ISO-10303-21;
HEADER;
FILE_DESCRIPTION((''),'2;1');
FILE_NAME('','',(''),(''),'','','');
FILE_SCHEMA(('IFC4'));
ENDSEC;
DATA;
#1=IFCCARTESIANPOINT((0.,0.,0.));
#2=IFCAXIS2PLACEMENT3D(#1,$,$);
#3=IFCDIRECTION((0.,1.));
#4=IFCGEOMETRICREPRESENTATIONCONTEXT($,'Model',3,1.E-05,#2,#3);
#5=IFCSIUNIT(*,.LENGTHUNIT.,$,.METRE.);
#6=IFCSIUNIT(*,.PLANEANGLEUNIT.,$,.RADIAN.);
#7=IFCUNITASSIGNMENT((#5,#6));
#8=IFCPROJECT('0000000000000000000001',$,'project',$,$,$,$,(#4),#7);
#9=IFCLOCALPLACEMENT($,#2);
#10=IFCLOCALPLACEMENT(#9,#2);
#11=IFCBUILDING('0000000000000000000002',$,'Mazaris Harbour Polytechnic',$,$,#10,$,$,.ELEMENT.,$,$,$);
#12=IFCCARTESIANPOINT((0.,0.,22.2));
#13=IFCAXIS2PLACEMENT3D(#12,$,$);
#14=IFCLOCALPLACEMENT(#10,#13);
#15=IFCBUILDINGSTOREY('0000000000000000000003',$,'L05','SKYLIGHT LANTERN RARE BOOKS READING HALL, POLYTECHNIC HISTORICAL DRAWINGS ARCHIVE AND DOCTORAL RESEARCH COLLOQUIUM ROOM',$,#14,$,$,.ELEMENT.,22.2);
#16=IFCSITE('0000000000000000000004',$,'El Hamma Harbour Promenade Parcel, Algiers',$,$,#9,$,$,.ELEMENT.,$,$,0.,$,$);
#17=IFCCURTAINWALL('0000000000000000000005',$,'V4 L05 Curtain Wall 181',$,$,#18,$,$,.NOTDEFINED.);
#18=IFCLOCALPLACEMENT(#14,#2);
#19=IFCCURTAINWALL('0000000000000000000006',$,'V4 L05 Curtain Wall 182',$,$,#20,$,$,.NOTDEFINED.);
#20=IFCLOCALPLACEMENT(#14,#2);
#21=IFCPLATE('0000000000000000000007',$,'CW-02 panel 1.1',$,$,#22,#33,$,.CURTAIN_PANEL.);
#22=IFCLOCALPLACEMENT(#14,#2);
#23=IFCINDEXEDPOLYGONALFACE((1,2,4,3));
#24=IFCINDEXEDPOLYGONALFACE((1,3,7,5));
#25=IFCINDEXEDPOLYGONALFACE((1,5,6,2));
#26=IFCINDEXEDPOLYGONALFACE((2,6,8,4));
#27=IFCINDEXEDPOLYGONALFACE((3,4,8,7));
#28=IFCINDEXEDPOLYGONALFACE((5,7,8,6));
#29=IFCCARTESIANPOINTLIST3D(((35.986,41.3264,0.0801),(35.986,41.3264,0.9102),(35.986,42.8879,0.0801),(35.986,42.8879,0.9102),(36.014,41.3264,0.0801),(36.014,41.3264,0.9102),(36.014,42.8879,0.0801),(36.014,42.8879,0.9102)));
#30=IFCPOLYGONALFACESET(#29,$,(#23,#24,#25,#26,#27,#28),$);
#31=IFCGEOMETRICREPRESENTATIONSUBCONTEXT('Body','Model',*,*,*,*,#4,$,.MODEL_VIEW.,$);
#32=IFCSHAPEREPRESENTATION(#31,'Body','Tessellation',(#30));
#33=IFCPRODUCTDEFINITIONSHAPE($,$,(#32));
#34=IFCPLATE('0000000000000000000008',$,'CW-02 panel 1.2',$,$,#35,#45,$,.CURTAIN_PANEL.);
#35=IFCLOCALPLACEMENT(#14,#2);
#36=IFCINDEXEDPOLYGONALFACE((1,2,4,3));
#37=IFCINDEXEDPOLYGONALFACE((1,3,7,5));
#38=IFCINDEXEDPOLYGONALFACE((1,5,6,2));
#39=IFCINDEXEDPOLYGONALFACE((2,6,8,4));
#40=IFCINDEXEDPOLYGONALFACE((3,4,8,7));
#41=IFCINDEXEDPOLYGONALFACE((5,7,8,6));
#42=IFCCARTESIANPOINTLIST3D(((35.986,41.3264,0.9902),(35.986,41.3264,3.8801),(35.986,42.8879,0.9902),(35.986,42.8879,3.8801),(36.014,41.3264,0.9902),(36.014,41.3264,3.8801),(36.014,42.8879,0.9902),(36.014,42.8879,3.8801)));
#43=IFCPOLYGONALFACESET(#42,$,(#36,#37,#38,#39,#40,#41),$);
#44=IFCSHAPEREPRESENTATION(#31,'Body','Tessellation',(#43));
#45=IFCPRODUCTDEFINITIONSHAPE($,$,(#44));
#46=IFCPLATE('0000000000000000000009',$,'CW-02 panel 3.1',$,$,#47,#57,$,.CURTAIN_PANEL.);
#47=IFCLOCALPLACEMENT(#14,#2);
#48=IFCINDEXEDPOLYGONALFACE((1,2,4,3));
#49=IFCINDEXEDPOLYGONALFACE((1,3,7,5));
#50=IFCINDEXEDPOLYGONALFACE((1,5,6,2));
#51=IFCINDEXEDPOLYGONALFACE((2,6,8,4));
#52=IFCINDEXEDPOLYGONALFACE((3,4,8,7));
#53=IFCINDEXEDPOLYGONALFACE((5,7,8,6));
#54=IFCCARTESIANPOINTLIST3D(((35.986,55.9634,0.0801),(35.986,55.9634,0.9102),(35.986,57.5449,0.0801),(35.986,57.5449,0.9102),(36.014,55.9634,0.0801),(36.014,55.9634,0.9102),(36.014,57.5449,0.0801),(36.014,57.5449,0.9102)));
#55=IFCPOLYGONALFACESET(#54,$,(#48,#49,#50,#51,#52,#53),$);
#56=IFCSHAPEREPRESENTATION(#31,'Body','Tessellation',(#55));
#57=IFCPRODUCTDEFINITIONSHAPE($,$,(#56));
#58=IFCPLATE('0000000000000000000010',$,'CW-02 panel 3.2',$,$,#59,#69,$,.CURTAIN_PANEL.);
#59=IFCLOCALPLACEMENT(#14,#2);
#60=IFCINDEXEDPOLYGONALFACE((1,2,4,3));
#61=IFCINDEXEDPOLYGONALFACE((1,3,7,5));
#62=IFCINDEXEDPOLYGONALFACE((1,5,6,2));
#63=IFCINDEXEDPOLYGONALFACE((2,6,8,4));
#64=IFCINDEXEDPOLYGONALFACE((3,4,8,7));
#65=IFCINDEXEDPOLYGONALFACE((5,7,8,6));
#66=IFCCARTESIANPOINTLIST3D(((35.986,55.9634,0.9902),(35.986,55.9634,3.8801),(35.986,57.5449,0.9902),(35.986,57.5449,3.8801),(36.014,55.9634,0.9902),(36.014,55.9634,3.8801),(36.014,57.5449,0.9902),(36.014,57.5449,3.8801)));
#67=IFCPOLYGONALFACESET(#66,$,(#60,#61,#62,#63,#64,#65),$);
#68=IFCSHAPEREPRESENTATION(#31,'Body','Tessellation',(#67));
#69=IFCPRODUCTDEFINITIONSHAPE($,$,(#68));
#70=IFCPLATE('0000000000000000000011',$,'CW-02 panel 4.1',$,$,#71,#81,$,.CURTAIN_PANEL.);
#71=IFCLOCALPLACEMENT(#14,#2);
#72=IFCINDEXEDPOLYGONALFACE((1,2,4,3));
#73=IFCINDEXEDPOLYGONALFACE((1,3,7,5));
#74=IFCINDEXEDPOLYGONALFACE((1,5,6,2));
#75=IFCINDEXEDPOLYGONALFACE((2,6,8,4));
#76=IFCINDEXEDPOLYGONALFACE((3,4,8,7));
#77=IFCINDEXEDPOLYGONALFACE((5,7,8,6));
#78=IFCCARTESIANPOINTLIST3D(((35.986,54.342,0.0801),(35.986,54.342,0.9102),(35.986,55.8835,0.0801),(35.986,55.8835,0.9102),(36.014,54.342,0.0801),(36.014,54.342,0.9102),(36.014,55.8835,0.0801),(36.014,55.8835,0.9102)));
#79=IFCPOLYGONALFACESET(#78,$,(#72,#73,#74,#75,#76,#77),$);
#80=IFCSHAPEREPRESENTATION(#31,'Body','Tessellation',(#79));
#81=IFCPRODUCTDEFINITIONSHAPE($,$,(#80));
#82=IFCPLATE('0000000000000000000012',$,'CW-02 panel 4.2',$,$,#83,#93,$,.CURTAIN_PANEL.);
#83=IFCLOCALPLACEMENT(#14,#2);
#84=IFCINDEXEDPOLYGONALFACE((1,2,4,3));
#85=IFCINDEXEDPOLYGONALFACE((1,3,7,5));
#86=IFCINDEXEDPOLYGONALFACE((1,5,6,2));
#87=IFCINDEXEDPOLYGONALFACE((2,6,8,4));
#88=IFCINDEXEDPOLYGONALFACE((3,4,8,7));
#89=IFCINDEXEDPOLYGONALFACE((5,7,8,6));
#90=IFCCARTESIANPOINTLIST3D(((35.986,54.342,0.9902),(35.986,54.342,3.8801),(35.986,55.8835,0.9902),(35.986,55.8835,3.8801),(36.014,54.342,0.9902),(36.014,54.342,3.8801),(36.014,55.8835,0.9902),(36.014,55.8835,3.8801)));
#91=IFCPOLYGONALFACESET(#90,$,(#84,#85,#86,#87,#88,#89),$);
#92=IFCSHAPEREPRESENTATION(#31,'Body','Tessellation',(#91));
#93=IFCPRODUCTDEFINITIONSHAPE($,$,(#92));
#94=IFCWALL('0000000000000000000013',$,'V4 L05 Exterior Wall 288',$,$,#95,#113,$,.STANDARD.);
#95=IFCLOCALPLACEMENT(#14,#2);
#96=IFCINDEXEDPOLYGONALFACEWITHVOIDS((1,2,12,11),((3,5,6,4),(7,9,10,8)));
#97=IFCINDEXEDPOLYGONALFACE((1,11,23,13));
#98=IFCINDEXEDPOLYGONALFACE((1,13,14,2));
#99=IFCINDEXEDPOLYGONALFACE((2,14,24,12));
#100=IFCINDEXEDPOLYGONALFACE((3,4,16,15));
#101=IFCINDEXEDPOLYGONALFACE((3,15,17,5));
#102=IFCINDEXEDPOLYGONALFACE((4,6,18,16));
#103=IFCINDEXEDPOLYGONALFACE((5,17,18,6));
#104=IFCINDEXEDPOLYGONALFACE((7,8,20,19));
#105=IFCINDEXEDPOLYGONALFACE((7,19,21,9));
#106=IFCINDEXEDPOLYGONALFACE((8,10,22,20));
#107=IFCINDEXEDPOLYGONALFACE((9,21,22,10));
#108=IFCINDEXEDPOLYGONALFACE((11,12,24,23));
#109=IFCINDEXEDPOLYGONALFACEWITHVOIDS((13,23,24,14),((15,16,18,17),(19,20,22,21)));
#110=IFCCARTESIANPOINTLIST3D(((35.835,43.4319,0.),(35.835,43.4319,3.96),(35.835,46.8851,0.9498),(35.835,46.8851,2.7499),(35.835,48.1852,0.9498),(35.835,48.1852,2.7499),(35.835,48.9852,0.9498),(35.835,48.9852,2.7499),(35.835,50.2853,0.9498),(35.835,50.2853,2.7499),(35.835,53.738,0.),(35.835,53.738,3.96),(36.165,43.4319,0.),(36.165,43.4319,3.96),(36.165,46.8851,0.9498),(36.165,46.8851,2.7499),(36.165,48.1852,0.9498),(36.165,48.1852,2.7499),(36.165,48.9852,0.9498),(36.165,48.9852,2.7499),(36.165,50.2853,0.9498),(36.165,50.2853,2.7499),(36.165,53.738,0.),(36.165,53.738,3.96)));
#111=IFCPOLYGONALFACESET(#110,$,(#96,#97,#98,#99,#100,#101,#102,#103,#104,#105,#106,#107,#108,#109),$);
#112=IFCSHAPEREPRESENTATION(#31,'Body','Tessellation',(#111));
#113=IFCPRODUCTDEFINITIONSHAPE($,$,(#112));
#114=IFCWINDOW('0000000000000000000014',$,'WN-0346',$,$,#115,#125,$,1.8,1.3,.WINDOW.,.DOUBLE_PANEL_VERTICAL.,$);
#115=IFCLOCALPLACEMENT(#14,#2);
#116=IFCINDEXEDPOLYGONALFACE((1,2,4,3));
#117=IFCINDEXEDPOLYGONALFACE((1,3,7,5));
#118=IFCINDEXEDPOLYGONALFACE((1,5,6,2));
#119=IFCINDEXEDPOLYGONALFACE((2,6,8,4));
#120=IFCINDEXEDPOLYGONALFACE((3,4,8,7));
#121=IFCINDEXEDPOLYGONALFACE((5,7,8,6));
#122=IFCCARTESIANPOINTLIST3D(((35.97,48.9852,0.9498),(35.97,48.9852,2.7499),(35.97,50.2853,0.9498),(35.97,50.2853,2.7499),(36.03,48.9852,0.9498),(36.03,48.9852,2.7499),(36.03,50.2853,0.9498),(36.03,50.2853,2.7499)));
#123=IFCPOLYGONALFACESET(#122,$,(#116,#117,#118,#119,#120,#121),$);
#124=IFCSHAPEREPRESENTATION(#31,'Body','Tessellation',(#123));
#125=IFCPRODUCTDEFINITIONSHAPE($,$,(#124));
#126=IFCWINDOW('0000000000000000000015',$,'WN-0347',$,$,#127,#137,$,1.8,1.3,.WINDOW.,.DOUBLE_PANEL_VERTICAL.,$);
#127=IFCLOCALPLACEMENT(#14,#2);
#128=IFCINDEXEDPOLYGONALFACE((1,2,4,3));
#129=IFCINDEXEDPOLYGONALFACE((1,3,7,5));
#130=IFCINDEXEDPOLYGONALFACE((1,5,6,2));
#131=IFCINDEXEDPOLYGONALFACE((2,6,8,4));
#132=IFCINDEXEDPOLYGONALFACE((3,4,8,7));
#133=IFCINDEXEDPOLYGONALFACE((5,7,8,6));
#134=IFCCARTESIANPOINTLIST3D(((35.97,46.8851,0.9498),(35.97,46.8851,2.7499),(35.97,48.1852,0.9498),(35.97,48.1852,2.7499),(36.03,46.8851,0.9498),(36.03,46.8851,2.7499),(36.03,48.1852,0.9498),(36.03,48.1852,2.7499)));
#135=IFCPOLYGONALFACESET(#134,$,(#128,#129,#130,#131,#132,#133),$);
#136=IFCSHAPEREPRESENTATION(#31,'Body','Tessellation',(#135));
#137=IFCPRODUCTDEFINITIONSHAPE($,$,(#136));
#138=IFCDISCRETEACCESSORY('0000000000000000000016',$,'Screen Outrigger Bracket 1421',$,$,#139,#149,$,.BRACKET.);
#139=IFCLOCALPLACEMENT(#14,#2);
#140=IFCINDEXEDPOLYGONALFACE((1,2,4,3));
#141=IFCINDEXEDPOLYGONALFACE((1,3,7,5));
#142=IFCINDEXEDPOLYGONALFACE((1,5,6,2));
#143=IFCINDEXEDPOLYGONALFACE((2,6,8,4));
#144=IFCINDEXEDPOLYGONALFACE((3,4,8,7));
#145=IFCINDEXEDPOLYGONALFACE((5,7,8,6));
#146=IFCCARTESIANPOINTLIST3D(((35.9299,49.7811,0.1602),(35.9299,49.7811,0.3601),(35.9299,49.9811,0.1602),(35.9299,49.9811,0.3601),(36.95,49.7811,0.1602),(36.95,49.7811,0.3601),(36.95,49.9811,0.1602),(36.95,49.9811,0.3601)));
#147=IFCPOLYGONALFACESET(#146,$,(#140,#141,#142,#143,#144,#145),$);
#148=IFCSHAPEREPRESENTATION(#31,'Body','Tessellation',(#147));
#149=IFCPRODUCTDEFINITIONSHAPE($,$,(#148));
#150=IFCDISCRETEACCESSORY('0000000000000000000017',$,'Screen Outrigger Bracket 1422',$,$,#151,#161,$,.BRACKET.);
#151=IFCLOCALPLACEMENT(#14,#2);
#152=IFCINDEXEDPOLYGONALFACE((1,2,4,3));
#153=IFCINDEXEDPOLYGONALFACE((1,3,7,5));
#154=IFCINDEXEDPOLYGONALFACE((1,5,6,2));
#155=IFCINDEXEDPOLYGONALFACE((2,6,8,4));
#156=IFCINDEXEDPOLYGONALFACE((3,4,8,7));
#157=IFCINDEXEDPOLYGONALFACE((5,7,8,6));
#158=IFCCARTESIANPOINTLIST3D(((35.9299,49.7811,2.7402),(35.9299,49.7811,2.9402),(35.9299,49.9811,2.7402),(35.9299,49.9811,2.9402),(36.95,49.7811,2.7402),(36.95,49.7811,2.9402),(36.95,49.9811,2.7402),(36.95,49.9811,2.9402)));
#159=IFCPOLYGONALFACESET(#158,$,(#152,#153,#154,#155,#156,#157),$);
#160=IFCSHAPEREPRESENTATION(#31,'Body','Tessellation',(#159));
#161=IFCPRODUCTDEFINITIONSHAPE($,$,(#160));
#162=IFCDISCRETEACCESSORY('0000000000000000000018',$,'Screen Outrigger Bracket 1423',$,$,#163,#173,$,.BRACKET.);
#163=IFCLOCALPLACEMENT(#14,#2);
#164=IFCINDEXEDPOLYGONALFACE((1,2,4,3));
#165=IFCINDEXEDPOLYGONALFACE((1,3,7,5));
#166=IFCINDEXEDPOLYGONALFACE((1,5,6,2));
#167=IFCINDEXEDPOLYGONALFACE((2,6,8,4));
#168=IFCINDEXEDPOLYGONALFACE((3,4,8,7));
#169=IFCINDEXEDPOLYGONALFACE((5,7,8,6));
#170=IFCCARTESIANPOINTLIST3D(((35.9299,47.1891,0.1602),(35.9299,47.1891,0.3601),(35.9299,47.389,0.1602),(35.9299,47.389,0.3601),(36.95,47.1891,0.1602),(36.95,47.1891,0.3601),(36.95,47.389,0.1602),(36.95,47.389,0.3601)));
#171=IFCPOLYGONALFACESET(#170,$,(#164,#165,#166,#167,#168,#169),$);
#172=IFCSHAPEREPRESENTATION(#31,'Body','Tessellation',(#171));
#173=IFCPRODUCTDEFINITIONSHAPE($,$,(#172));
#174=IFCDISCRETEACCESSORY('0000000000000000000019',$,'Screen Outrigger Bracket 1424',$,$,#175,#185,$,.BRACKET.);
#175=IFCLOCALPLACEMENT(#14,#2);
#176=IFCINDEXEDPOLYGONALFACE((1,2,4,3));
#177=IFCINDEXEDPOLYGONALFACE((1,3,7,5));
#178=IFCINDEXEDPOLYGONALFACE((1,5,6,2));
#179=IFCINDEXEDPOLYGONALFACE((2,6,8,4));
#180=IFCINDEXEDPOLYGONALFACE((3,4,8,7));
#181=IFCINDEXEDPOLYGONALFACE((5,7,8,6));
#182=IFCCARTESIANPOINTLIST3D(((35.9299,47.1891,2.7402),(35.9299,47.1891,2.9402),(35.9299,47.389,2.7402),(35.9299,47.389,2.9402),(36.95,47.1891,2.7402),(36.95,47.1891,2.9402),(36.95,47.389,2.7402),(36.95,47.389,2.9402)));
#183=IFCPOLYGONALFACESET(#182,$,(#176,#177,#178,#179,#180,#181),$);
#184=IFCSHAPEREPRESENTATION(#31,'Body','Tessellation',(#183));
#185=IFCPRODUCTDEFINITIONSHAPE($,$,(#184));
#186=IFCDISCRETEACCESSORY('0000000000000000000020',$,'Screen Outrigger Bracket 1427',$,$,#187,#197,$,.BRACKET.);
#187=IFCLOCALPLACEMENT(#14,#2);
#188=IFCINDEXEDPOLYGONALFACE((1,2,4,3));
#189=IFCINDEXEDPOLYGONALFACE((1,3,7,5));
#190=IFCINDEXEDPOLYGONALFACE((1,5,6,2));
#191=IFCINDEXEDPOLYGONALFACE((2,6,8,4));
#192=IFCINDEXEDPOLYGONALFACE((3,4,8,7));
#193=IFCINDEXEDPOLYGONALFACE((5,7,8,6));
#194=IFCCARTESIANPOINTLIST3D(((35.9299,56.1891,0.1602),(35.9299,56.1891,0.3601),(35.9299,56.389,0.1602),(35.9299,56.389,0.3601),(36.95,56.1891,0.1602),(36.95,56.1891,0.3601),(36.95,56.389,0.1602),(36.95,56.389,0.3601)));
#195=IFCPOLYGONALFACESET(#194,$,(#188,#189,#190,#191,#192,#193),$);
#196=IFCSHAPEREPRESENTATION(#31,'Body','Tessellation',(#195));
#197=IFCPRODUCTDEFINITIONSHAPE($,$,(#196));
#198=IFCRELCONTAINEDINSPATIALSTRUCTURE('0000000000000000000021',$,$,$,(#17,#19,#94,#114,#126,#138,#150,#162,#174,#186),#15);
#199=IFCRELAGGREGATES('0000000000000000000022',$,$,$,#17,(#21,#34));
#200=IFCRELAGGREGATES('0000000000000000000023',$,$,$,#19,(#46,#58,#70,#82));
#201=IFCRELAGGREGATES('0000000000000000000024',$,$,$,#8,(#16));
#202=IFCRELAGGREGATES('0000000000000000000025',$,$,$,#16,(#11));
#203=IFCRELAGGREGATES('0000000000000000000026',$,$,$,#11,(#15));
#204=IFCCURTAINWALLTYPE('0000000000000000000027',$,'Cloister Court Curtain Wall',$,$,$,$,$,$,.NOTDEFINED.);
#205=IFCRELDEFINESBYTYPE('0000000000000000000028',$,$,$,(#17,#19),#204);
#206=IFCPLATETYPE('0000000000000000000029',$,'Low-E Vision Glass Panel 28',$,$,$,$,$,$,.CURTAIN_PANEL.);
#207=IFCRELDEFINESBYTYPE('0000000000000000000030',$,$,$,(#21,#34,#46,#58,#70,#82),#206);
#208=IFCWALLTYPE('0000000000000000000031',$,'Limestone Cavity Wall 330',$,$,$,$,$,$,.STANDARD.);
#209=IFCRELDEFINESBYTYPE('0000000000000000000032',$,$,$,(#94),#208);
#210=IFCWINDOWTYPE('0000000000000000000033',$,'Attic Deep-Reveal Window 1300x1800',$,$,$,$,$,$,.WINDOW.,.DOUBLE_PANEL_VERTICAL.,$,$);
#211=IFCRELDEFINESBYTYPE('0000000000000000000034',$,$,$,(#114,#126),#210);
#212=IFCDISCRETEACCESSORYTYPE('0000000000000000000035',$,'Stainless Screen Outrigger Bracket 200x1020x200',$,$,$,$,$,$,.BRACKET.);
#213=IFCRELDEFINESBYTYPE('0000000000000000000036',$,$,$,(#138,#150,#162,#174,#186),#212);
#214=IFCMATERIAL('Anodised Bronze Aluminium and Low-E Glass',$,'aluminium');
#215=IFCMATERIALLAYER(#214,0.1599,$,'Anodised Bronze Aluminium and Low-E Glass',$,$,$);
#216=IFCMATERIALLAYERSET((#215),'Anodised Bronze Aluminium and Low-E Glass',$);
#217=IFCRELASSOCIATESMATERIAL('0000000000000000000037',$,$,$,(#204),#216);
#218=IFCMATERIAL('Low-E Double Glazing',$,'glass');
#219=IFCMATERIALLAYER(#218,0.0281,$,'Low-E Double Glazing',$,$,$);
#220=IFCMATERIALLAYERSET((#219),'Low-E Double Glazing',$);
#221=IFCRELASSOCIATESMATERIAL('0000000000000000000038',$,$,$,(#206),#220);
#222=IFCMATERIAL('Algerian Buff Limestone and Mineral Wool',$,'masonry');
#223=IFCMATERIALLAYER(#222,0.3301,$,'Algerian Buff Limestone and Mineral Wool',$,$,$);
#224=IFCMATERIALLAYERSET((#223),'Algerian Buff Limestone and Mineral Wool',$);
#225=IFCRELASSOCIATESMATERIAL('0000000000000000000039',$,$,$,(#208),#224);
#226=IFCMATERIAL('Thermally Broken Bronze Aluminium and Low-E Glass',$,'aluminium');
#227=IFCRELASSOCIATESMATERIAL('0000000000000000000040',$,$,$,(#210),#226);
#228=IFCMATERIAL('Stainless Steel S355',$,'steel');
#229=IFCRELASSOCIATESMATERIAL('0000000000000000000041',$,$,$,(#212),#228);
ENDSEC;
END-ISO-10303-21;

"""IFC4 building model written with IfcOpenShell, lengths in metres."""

from ifc_helpers import new_model, si_unit, direction, frame, frame_2d, origin, origin_2d, place, context, subcontext, project, spatial, rectangle, extrude, material, layer, layer_set, type_object, element, fill, aggregate, save


model = new_model("IFC4")

# Units and contexts
model_context = context("Model", 3, precision=1e-05, world=origin(), true_north=direction((0.0, 1.0)))
body_context = subcontext(model_context, "Body", "Model", "MODEL_VIEW")
ifc_project = project(units=[si_unit("LENGTHUNIT", "METRE"), si_unit("PLANEANGLEUNIT", "RADIAN")], contexts=[model_context])

# Site, building, storey
site_placement = place(None, origin())
site = spatial("IfcSite", under=ifc_project, at=site_placement, Name="El Hamma Harbour Promenade Parcel, Algiers", CompositionType="ELEMENT", RefElevation=0.0)
building_placement = place(site_placement, origin())
building = spatial("IfcBuilding", under=site, at=building_placement, Name="Mazaris Harbour Polytechnic", CompositionType="ELEMENT")
storey_placement = place(building_placement, frame((0.0, 0.0, 22.2)))
storey = spatial("IfcBuildingStorey", under=building, at=storey_placement, Name="L05", Description="SKYLIGHT LANTERN RARE BOOKS READING HALL, POLYTECHNIC HISTORICAL DRAWINGS ARCHIVE AND DOCTORAL RESEARCH COLLOQUIUM ROOM", CompositionType="ELEMENT", Elevation=22.2)

# Curtain wall
ifc_material_1 = material(Name="Anodised Bronze Aluminium and Low-E Glass", Category="aluminium")
ifc_layer_1 = layer(ifc_material_1, 0.1599, Name="Anodised Bronze Aluminium and Low-E Glass")
ifc_layer_set_1 = layer_set([ifc_layer_1], Name="Anodised Bronze Aluminium and Low-E Glass")
curtain_wall_type = type_object("IfcCurtainWallType", Name="Cloister Court Curtain Wall", PredefinedType="NOTDEFINED", material=ifc_layer_set_1)
curtain_wall_1_placement = place(storey_placement, origin())
curtain_wall_1 = element("IfcCurtainWall", 1, at=curtain_wall_1_placement, inside=storey, type_object=curtain_wall_type, Name="V4 L05 Curtain Wall 181", PredefinedType="NOTDEFINED")

# Curtain wall
curtain_wall_2_placement = place(storey_placement, origin())
curtain_wall_2 = element("IfcCurtainWall", 2, at=curtain_wall_2_placement, inside=storey, type_object=curtain_wall_type, Name="V4 L05 Curtain Wall 182", PredefinedType="NOTDEFINED")

# Plates
ifc_material_2 = material(Name="Low-E Double Glazing", Category="glass")
ifc_layer_2 = layer(ifc_material_2, 0.0281, Name="Low-E Double Glazing")
ifc_layer_set_2 = layer_set([ifc_layer_2], Name="Low-E Double Glazing")
plate_type = type_object("IfcPlateType", Name="Low-E Vision Glass Panel 28", PredefinedType="CURTAIN_PANEL", material=ifc_layer_set_2)
plate_1_placement = place(storey_placement, frame((36.0, 42.1072, 0.0801), z_axis=(0.0, 0.0, 1.0), x_axis=(0.0, -1.0, 0.0)))
plate_1 = element("IfcPlate", 3, at=plate_1_placement, type_object=plate_type, Name="CW-02 panel 1.1", PredefinedType="CURTAIN_PANEL", context=body_context, shape_type="SweptSolid", body=[
    extrude(rectangle(XDim=1.5615, YDim=0.0281, at=origin_2d()), origin(), (0.0, 0.0, 1.0), 0.8301),
])
plate_2_placement = place(storey_placement, frame((36.0, 42.1072, 0.9902), z_axis=(0.0, 0.0, 1.0), x_axis=(0.0, -1.0, 0.0)))
plate_2 = element("IfcPlate", 4, at=plate_2_placement, type_object=plate_type, Name="CW-02 panel 1.2", PredefinedType="CURTAIN_PANEL", context=body_context, shape_type="SweptSolid", body=[
    extrude(rectangle(XDim=1.5615, YDim=0.0281, at=origin_2d()), origin(), (0.0, 0.0, 1.0), 2.8899),
])
aggregate(curtain_wall_1, [plate_1, plate_2])
plate_3_placement = place(storey_placement, frame((36.0, 56.7542, 0.0801), z_axis=(0.0, 0.0, 1.0), x_axis=(0.0, -1.0, 0.0)))
plate_3 = element("IfcPlate", 5, at=plate_3_placement, type_object=plate_type, Name="CW-02 panel 3.1", PredefinedType="CURTAIN_PANEL", context=body_context, shape_type="SweptSolid", body=[
    extrude(rectangle(XDim=1.5815, YDim=0.0281, at=origin_2d()), origin(), (0.0, 0.0, 1.0), 0.8301),
])
plate_4_placement = place(storey_placement, frame((36.0, 56.7542, 0.9902), z_axis=(0.0, 0.0, 1.0), x_axis=(0.0, -1.0, 0.0)))
plate_4 = element("IfcPlate", 6, at=plate_4_placement, type_object=plate_type, Name="CW-02 panel 3.2", PredefinedType="CURTAIN_PANEL", context=body_context, shape_type="SweptSolid", body=[
    extrude(rectangle(XDim=1.5815, YDim=0.0281, at=origin_2d()), origin(), (0.0, 0.0, 1.0), 2.8899),
])
plate_5_placement = place(storey_placement, frame((36.0, 55.1128, 0.0801), z_axis=(0.0, 0.0, 1.0), x_axis=(0.0, -1.0, 0.0)))
plate_5 = element("IfcPlate", 7, at=plate_5_placement, type_object=plate_type, Name="CW-02 panel 4.1", PredefinedType="CURTAIN_PANEL", context=body_context, shape_type="SweptSolid", body=[
    extrude(rectangle(XDim=1.5415, YDim=0.0281, at=origin_2d()), origin(), (0.0, 0.0, 1.0), 0.8301),
])
plate_6_placement = place(storey_placement, frame((36.0, 55.1128, 0.9902), z_axis=(0.0, 0.0, 1.0), x_axis=(0.0, -1.0, 0.0)))
plate_6 = element("IfcPlate", 8, at=plate_6_placement, type_object=plate_type, Name="CW-02 panel 4.2", PredefinedType="CURTAIN_PANEL", context=body_context, shape_type="SweptSolid", body=[
    extrude(rectangle(XDim=1.5415, YDim=0.0281, at=origin_2d()), origin(), (0.0, 0.0, 1.0), 2.8899),
])
aggregate(curtain_wall_2, [plate_3, plate_4, plate_5, plate_6])

# Wall, openings, windows
ifc_material_3 = material(Name="Algerian Buff Limestone and Mineral Wool", Category="masonry")
ifc_layer_3 = layer(ifc_material_3, 0.3301, Name="Algerian Buff Limestone and Mineral Wool")
ifc_layer_set_3 = layer_set([ifc_layer_3], Name="Algerian Buff Limestone and Mineral Wool")
wall_type = type_object("IfcWallType", Name="Limestone Cavity Wall 330", PredefinedType="STANDARD", material=ifc_layer_set_3)
wall_placement = place(storey_placement, frame((36.0, 53.738, 0.0), z_axis=(0.0, 0.0, 1.0), x_axis=(0.0, -1.0, 0.0)))
wall = element("IfcWall", 9, at=wall_placement, inside=storey, type_object=wall_type, Name="V4 L05 Exterior Wall 288", PredefinedType="STANDARD", context=body_context, shape_type="SweptSolid", body=[
    extrude(rectangle(XDim=10.3062, YDim=0.3301, at=frame_2d((5.1531, 0.0))), origin(), (0.0, 0.0, 1.0), 3.96),
])
opening_1_placement = place(wall_placement, frame((3.4529, 0.0, 0.95)))
opening_1 = element("IfcOpeningElement", 10, at=opening_1_placement, cuts=wall, PredefinedType="OPENING", context=body_context, shape_type="SweptSolid", body=[
    extrude(rectangle(XDim=1.3, YDim=1.8, at=frame_2d((0.6499, 0.8999))), frame((0.0, 0.175, 0.0), z_axis=(0.0, -1.0, 0.0), x_axis=(1.0, 0.0, 0.0)), (0.0, 0.0, 1.0), 0.3501),
])
opening_2_placement = place(wall_placement, frame((5.553, 0.0, 0.95)))
opening_2 = element("IfcOpeningElement", 11, at=opening_2_placement, cuts=wall, PredefinedType="OPENING", context=body_context, shape_type="SweptSolid", body=[
    extrude(rectangle(XDim=1.3, YDim=1.8, at=frame_2d((0.6499, 0.8999))), frame((0.0, 0.175, 0.0), z_axis=(0.0, -1.0, 0.0), x_axis=(1.0, 0.0, 0.0)), (0.0, 0.0, 1.0), 0.3501),
])
ifc_material_4 = material(Name="Thermally Broken Bronze Aluminium and Low-E Glass", Category="aluminium")
window_type = type_object("IfcWindowType", Name="Attic Deep-Reveal Window 1300x1800", PartitioningType="DOUBLE_PANEL_VERTICAL", PredefinedType="WINDOW", material=ifc_material_4)
window_1_placement = place(opening_1_placement, origin())
window_1 = element("IfcWindow", 12, at=window_1_placement, inside=storey, type_object=window_type, Name="WN-0346", OverallHeight=1.8, OverallWidth=1.3, PartitioningType="DOUBLE_PANEL_VERTICAL", PredefinedType="WINDOW", context=body_context, shape_type="SweptSolid", body=[
    extrude(rectangle(XDim=1.3, YDim=1.8, at=frame_2d((0.6499, 0.8999))), frame((0.0, 0.03, 0.0), z_axis=(0.0, -1.0, 0.0), x_axis=(1.0, 0.0, 0.0)), (0.0, 0.0, 1.0), 0.0601),
])
fill(opening_1, window_1)
window_2_placement = place(opening_2_placement, origin())
window_2 = element("IfcWindow", 13, at=window_2_placement, inside=storey, type_object=window_type, Name="WN-0347", OverallHeight=1.8, OverallWidth=1.3, PartitioningType="DOUBLE_PANEL_VERTICAL", PredefinedType="WINDOW", context=body_context, shape_type="SweptSolid", body=[
    extrude(rectangle(XDim=1.3, YDim=1.8, at=frame_2d((0.6499, 0.8999))), frame((0.0, 0.03, 0.0), z_axis=(0.0, -1.0, 0.0), x_axis=(1.0, 0.0, 0.0)), (0.0, 0.0, 1.0), 0.0601),
])
fill(opening_2, window_2)

# Discrete accessories
ifc_material_5 = material(Name="Stainless Steel S355", Category="steel")
discrete_accessory_type = type_object("IfcDiscreteAccessoryType", Name="Stainless Screen Outrigger Bracket 200x1020x200", PredefinedType="BRACKET", material=ifc_material_5)
for number, where, z_axis, x_axis, name in (
    (14, (36.4399, 49.8811, 0.1602), (0.0, 0.0, 1.0), (0.0, -1.0, 0.0), "Screen Outrigger Bracket 1421"),
    (15, (36.4399, 49.8811, 2.7402), (0.0, 0.0, 1.0), (0.0, -1.0, 0.0), "Screen Outrigger Bracket 1422"),
    (16, (36.4399, 47.2891, 0.1602), (0.0, 0.0, 1.0), (0.0, -1.0, 0.0), "Screen Outrigger Bracket 1423"),
    (17, (36.4399, 47.2891, 2.7402), (0.0, 0.0, 1.0), (0.0, -1.0, 0.0), "Screen Outrigger Bracket 1424"),
    (18, (36.4399, 56.2891, 0.1602), (0.0, 0.0, 1.0), (0.0, -1.0, 0.0), "Screen Outrigger Bracket 1427"),
):
    element("IfcDiscreteAccessory", number, at=place(storey_placement, frame(where, z_axis=z_axis, x_axis=x_axis)), inside=storey, type_object=discrete_accessory_type, Name=name, PredefinedType="BRACKET", context=body_context, shape_type="SweptSolid", body=[
        extrude(rectangle(XDim=0.2, YDim=1.02, at=origin_2d()), origin(), (0.0, 0.0, 1.0), 0.2),
    ])

save(model, "model.ifc")
